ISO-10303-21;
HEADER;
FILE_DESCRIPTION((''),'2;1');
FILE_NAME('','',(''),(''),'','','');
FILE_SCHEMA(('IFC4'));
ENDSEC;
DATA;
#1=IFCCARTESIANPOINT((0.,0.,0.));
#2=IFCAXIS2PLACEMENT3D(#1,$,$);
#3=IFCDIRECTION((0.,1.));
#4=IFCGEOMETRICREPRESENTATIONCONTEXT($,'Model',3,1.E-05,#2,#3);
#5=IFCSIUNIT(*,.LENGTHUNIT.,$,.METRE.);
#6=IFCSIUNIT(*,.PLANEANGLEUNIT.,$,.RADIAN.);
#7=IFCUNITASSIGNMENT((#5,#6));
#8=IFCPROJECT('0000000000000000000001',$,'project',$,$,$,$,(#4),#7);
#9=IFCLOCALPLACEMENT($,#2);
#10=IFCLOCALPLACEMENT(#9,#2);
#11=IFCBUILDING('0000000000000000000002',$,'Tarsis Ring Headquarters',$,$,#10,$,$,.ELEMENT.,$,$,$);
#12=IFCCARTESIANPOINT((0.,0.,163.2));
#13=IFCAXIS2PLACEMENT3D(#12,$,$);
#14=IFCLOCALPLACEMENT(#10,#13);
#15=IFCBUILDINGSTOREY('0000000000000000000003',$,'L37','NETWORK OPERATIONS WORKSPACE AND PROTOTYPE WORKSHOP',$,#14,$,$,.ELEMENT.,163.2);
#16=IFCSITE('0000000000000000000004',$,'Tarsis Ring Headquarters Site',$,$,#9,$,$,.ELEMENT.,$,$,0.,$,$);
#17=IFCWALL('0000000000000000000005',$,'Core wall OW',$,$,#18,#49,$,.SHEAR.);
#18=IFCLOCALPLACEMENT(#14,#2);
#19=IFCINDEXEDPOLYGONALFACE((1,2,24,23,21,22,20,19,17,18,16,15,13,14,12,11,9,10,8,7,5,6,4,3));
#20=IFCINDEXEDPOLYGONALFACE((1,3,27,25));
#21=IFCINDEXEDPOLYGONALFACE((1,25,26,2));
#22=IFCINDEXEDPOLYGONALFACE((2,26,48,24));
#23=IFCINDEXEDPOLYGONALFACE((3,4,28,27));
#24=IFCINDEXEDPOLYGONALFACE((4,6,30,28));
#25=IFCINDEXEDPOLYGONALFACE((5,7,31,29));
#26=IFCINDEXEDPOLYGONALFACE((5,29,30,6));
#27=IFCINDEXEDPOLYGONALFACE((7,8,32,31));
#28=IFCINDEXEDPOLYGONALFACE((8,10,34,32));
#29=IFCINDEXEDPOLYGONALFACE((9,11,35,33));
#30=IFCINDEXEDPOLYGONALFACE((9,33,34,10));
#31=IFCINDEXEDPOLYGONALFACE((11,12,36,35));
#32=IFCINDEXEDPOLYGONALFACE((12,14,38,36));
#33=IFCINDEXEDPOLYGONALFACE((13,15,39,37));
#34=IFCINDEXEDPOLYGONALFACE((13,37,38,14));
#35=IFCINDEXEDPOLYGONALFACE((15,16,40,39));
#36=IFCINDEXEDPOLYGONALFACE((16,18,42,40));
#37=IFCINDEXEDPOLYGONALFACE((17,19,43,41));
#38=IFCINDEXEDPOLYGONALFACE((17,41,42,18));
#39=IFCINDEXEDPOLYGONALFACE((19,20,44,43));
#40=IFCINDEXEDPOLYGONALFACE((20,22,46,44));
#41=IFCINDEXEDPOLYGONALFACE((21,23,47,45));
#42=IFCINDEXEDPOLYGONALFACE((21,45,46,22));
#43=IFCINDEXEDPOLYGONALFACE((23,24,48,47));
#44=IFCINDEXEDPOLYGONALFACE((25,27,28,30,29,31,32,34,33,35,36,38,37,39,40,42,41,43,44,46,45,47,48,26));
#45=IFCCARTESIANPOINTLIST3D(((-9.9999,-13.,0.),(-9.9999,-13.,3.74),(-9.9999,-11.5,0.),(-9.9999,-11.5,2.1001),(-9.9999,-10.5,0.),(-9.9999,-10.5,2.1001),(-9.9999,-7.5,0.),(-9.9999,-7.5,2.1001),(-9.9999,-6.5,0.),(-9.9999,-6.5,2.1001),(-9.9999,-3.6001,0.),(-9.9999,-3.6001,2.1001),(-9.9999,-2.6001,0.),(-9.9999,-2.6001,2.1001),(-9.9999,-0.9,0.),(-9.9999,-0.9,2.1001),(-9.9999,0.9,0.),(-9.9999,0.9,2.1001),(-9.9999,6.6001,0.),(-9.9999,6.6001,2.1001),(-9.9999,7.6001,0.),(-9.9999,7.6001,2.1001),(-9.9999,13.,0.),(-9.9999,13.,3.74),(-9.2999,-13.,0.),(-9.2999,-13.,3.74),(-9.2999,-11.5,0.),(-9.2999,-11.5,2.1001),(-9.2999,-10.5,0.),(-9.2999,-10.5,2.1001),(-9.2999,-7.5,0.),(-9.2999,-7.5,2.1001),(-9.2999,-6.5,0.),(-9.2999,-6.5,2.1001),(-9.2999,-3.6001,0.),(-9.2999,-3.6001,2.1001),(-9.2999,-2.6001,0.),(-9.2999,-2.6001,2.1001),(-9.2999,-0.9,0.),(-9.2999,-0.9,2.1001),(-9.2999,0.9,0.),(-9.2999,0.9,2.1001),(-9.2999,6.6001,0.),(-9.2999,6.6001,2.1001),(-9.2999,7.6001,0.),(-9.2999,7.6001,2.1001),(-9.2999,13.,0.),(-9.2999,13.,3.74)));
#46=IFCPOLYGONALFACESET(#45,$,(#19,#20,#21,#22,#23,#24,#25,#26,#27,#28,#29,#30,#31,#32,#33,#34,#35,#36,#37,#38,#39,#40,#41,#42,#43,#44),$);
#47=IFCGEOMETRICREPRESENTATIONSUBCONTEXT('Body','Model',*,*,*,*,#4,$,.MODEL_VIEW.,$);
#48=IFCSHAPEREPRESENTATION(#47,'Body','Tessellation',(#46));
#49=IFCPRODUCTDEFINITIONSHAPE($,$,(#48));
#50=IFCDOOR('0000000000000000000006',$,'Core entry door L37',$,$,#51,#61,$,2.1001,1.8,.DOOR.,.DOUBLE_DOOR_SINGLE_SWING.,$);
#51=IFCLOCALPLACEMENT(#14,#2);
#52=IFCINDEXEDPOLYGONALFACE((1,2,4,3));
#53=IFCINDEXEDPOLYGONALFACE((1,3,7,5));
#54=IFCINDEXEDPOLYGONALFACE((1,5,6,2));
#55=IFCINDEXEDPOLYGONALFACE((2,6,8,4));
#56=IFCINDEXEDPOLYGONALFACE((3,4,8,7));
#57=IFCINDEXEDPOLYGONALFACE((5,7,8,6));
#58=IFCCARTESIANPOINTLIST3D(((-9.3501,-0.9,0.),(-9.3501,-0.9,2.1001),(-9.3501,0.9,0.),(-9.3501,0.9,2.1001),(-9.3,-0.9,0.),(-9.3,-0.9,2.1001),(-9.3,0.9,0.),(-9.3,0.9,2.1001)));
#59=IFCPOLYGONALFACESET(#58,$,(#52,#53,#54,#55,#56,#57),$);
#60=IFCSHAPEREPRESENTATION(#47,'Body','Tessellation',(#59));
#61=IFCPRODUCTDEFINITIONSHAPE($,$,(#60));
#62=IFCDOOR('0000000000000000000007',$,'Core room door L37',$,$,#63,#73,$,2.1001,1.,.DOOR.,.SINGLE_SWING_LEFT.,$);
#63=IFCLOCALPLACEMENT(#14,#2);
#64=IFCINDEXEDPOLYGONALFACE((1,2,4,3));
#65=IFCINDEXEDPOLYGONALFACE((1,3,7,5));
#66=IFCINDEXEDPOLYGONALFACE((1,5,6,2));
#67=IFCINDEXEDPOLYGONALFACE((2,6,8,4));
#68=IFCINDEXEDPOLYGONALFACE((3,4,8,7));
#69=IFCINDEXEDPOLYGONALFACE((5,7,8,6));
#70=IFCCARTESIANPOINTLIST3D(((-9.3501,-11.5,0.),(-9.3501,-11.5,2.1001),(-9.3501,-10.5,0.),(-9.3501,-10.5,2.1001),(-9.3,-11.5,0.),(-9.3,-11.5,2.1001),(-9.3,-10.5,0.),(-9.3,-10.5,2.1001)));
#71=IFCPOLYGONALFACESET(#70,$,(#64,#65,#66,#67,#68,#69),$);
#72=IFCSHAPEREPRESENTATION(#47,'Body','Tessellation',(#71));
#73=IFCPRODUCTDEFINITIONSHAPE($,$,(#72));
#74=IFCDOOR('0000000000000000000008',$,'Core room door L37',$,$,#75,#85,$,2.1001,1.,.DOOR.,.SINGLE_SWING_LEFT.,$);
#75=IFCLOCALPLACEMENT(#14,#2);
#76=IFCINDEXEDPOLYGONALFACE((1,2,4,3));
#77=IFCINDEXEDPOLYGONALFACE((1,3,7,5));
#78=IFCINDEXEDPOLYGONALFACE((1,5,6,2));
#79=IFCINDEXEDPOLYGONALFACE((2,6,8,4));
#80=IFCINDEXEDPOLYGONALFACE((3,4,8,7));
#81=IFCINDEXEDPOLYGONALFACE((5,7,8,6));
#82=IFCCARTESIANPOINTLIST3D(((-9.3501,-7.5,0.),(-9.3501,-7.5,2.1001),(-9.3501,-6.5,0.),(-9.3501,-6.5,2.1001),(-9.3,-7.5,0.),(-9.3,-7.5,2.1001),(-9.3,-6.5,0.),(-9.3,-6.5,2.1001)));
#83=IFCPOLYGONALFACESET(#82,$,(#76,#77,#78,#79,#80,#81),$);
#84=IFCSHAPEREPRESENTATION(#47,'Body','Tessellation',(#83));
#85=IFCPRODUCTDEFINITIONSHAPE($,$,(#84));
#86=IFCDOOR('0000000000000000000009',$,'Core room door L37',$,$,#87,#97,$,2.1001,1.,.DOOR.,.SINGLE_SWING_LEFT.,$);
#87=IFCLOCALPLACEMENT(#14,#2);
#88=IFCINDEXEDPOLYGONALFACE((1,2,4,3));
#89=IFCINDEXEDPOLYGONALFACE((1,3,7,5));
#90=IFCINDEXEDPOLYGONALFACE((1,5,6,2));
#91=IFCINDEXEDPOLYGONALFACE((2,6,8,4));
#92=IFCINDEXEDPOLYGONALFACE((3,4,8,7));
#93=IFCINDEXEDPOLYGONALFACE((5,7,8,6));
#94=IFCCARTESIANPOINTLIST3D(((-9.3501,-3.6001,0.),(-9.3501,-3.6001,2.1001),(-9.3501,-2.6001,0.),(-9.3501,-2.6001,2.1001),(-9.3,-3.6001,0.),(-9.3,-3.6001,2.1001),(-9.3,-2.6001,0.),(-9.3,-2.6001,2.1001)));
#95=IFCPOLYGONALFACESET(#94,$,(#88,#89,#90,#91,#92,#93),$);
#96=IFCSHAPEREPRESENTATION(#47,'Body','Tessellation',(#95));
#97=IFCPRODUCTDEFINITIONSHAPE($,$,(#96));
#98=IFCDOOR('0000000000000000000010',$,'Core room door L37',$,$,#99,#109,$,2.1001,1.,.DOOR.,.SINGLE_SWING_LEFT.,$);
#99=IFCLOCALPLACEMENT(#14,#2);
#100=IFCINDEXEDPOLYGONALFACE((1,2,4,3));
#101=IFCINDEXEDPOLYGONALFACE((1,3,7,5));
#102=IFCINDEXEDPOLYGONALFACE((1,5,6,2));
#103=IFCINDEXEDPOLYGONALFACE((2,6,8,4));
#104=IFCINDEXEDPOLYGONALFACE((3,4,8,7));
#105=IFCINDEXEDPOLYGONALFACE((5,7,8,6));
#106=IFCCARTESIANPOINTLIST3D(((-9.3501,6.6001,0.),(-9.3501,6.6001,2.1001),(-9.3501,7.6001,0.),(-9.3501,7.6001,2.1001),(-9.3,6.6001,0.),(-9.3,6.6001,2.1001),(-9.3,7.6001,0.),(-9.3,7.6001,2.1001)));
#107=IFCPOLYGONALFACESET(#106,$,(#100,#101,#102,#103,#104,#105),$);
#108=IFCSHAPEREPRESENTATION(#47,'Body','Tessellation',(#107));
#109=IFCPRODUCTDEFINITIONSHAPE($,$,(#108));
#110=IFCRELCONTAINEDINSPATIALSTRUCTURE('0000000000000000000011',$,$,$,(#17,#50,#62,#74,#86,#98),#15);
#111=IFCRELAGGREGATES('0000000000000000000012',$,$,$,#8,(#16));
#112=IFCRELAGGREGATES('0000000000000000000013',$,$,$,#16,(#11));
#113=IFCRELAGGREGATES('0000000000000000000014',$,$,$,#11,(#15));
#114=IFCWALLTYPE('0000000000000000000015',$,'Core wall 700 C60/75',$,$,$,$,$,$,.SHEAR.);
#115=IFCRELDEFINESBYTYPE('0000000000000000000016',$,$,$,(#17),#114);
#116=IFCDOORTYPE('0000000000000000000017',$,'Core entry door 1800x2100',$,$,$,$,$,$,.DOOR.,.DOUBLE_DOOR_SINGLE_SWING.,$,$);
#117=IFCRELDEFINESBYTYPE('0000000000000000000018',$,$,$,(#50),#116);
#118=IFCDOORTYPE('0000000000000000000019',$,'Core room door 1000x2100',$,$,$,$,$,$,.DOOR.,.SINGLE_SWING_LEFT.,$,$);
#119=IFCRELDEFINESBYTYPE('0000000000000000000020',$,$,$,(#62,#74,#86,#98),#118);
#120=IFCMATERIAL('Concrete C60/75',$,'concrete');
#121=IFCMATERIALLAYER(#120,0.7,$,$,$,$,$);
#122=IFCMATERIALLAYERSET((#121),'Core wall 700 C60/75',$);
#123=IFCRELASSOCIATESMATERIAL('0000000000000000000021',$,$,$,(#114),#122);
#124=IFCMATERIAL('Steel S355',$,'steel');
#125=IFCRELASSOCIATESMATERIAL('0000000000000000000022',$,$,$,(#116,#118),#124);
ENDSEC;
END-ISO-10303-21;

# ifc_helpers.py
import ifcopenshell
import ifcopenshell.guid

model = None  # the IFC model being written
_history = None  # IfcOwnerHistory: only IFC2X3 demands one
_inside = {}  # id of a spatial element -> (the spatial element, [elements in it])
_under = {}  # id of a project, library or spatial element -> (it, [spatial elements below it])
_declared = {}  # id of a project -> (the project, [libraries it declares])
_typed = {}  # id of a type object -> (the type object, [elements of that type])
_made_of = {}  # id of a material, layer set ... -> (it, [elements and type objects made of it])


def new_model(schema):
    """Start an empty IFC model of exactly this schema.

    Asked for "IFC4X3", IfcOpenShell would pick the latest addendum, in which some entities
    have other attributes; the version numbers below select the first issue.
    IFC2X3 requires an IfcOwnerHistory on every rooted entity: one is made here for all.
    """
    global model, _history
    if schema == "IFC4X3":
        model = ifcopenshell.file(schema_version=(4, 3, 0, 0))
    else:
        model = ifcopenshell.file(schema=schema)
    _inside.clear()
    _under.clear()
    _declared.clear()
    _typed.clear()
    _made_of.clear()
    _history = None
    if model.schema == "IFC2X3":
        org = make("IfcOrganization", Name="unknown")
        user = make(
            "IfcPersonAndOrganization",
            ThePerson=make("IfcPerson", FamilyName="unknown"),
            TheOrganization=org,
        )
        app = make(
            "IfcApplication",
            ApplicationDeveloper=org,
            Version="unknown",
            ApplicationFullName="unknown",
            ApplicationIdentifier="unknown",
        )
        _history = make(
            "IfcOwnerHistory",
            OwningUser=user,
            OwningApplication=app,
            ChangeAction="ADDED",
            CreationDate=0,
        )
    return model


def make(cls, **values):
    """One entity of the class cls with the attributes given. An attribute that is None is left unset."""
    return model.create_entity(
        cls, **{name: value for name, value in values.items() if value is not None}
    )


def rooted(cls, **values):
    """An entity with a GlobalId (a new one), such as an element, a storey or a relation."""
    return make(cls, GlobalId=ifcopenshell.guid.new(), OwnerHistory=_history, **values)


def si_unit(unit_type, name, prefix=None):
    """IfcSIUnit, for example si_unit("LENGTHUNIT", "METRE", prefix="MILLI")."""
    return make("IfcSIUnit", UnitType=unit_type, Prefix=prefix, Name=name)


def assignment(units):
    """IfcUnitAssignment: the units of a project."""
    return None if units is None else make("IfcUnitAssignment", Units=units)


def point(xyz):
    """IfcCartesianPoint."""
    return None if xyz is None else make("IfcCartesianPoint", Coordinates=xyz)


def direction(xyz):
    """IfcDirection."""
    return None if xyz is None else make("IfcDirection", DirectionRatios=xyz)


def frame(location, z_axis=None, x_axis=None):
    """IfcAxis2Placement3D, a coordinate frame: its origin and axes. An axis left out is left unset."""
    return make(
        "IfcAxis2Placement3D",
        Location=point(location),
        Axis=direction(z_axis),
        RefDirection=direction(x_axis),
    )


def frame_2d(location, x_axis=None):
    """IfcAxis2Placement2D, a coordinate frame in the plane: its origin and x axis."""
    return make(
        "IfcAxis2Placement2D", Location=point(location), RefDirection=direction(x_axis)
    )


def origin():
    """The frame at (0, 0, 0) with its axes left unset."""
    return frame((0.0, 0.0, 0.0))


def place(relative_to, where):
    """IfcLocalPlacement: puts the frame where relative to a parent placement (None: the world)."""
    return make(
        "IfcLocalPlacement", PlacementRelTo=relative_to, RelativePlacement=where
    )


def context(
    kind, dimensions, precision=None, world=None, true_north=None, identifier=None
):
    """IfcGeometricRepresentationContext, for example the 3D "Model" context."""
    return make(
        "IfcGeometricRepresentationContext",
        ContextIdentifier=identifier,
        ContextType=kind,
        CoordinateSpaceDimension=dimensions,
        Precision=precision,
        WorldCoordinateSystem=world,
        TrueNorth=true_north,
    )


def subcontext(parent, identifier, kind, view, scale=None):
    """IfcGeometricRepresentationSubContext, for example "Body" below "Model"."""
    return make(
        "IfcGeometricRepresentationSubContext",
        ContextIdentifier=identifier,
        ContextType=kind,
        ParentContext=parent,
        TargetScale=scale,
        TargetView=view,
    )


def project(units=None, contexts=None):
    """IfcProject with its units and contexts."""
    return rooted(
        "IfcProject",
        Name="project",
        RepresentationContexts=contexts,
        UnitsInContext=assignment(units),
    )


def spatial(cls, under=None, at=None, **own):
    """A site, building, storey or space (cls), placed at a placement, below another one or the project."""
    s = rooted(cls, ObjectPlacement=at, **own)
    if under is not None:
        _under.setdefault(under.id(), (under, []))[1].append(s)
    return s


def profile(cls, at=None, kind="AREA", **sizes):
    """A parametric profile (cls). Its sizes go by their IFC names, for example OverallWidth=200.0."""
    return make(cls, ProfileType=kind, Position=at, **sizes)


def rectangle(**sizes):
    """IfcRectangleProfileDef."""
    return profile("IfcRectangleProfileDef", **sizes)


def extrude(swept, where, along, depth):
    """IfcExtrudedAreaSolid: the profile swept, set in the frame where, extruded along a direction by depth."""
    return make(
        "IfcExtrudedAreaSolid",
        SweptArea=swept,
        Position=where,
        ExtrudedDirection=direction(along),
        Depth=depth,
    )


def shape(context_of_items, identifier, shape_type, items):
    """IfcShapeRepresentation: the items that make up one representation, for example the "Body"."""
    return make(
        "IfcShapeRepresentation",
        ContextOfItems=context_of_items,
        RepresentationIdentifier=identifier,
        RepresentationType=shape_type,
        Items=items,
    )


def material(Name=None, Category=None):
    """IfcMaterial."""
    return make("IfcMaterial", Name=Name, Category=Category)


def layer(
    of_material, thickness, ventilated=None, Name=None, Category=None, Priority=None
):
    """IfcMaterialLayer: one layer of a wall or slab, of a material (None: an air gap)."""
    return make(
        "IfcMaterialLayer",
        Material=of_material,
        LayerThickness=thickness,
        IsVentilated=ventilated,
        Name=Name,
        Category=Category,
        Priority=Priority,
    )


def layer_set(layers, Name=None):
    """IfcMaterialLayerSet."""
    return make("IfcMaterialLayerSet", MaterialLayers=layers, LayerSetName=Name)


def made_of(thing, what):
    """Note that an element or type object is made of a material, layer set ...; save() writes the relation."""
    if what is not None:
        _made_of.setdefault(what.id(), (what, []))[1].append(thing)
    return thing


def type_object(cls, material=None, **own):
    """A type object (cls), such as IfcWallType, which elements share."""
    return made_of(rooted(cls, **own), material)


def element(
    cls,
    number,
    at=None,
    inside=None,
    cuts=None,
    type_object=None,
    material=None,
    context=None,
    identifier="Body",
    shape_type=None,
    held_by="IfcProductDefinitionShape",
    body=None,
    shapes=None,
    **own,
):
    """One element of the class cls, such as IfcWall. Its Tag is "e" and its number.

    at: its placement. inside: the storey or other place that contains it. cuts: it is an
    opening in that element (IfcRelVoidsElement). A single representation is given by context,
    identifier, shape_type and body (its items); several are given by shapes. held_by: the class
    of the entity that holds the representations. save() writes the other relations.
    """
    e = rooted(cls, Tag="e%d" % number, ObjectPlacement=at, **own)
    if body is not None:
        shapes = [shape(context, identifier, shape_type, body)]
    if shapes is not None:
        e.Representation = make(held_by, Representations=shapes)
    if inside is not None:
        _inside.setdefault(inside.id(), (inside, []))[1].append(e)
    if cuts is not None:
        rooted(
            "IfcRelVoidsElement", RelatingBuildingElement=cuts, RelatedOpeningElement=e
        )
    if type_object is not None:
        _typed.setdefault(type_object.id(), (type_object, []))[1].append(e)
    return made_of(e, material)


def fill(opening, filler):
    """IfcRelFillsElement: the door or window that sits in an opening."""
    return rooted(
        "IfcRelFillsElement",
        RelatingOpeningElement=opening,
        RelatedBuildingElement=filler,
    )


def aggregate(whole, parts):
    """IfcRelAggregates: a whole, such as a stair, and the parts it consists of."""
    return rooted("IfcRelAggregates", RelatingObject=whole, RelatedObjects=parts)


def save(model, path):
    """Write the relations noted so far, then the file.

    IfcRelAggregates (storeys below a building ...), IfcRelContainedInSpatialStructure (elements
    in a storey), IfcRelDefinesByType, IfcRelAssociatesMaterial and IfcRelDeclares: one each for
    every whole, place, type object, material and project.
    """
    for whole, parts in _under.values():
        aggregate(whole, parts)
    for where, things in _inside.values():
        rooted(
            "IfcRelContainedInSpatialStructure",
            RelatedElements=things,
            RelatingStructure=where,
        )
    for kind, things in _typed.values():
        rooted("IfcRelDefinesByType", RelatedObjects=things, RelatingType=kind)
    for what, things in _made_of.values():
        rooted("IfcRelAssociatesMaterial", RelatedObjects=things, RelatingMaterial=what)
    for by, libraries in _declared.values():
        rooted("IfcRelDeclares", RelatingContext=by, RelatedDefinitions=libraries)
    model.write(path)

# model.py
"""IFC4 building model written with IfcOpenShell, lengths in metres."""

from ifc_helpers import new_model, si_unit, direction, frame, frame_2d, origin, place, context, subcontext, project, spatial, rectangle, extrude, material, layer, layer_set, type_object, element, fill, save


model = new_model("IFC4")

# Units and contexts
model_context = context("Model", 3, precision=1e-05, world=origin(), true_north=direction((0.0, 1.0)))
body_context = subcontext(model_context, "Body", "Model", "MODEL_VIEW")
ifc_project = project(units=[si_unit("LENGTHUNIT", "METRE"), si_unit("PLANEANGLEUNIT", "RADIAN")], contexts=[model_context])

# Site, building, storey
site_placement = place(None, origin())
site = spatial("IfcSite", under=ifc_project, at=site_placement, Name="Tarsis Ring Headquarters Site", CompositionType="ELEMENT", RefElevation=0.0)
building_placement = place(site_placement, origin())
building = spatial("IfcBuilding", under=site, at=building_placement, Name="Tarsis Ring Headquarters", CompositionType="ELEMENT")
storey_placement = place(building_placement, frame((0.0, 0.0, 163.2)))
storey = spatial("IfcBuildingStorey", under=building, at=storey_placement, Name="L37", Description="NETWORK OPERATIONS WORKSPACE AND PROTOTYPE WORKSHOP", CompositionType="ELEMENT", Elevation=163.2)

# Wall, openings, doors
ifc_material_1 = material(Name="Concrete C60/75", Category="concrete")
ifc_layer_1 = layer(ifc_material_1, 0.7)
ifc_layer_set_1 = layer_set([ifc_layer_1], Name="Core wall 700 C60/75")
wall_type_1 = type_object("IfcWallType", Name="Core wall 700 C60/75", PredefinedType="SHEAR", material=ifc_layer_set_1)
wall_1_placement = place(storey_placement, frame((-9.6499, -13.0, 0.0), z_axis=(0.0, 0.0, 1.0), x_axis=(0.0, 1.0, 0.0)))
wall_1 = element("IfcWall", 1, at=wall_1_placement, inside=storey, type_object=wall_type_1, Name="Core wall OW", PredefinedType="SHEAR", context=body_context, shape_type="SweptSolid", body=[
    extrude(rectangle(XDim=26.0, YDim=0.7, at=frame_2d((13.0, 0.0))), origin(), (0.0, 0.0, 1.0), 3.74),
])
opening_1_placement = place(wall_1_placement, frame((1.5, 0.0, 0.0)))
opening_1 = element("IfcOpeningElement", 2, at=opening_1_placement, cuts=wall_1, PredefinedType="OPENING", context=body_context, shape_type="SweptSolid", body=[
    extrude(rectangle(XDim=1.0, YDim=2.1001, at=frame_2d((0.5, 1.05))), frame((0.0, 0.3599, 0.0), z_axis=(0.0, -1.0, 0.0), x_axis=(1.0, 0.0, 0.0)), (0.0, 0.0, 1.0), 0.72),
])
opening_2_placement = place(wall_1_placement, frame((5.5, 0.0, 0.0)))
opening_2 = element("IfcOpeningElement", 3, at=opening_2_placement, cuts=wall_1, PredefinedType="OPENING", context=body_context, shape_type="SweptSolid", body=[
    extrude(rectangle(XDim=1.0, YDim=2.1001, at=frame_2d((0.5, 1.05))), frame((0.0, 0.3599, 0.0), z_axis=(0.0, -1.0, 0.0), x_axis=(1.0, 0.0, 0.0)), (0.0, 0.0, 1.0), 0.72),
])
opening_3_placement = place(wall_1_placement, frame((9.3999, 0.0, 0.0)))
opening_3 = element("IfcOpeningElement", 4, at=opening_3_placement, cuts=wall_1, PredefinedType="OPENING", context=body_context, shape_type="SweptSolid", body=[
    extrude(rectangle(XDim=1.0, YDim=2.1001, at=frame_2d((0.5, 1.05))), frame((0.0, 0.3599, 0.0), z_axis=(0.0, -1.0, 0.0), x_axis=(1.0, 0.0, 0.0)), (0.0, 0.0, 1.0), 0.72),
])
opening_4_placement = place(wall_1_placement, frame((12.1001, 0.0, 0.0)))
opening_4 = element("IfcOpeningElement", 5, at=opening_4_placement, cuts=wall_1, PredefinedType="OPENING", context=body_context, shape_type="SweptSolid", body=[
    extrude(rectangle(XDim=1.8, YDim=2.1001, at=frame_2d((0.8999, 1.05))), frame((0.0, 0.3599, 0.0), z_axis=(0.0, -1.0, 0.0), x_axis=(1.0, 0.0, 0.0)), (0.0, 0.0, 1.0), 0.72),
])
opening_5_placement = place(wall_1_placement, frame((19.6001, 0.0, 0.0)))
opening_5 = element("IfcOpeningElement", 6, at=opening_5_placement, cuts=wall_1, PredefinedType="OPENING", context=body_context, shape_type="SweptSolid", body=[
    extrude(rectangle(XDim=1.0, YDim=2.1001, at=frame_2d((0.5, 1.05))), frame((0.0, 0.3599, 0.0), z_axis=(0.0, -1.0, 0.0), x_axis=(1.0, 0.0, 0.0)), (0.0, 0.0, 1.0), 0.72),
])
ifc_material_2 = material(Name="Steel S355", Category="steel")
door_type_1 = type_object("IfcDoorType", Name="Core entry door 1800x2100", OperationType="DOUBLE_DOOR_SINGLE_SWING", PredefinedType="DOOR", material=ifc_material_2)
door_1_placement = place(opening_4_placement, origin())
door_1 = element("IfcDoor", 7, at=door_1_placement, inside=storey, type_object=door_type_1, Name="Core entry door L37", OperationType="DOUBLE_DOOR_SINGLE_SWING", OverallHeight=2.1001, OverallWidth=1.8, PredefinedType="DOOR", context=body_context, shape_type="SweptSolid", body=[
    extrude(rectangle(XDim=1.8, YDim=2.1001, at=frame_2d((0.8999, 1.05))), frame((0.0, -0.2998, 0.0), z_axis=(0.0, -1.0, 0.0), x_axis=(1.0, 0.0, 0.0)), (0.0, 0.0, 1.0), 0.05),
])
fill(opening_4, door_1)
door_type_2 = type_object("IfcDoorType", Name="Core room door 1000x2100", OperationType="SINGLE_SWING_LEFT", PredefinedType="DOOR", material=ifc_material_2)
door_2_placement = place(opening_1_placement, origin())
door_2 = element("IfcDoor", 8, at=door_2_placement, inside=storey, type_object=door_type_2, Name="Core room door L37", OperationType="SINGLE_SWING_LEFT", OverallHeight=2.1001, OverallWidth=1.0, PredefinedType="DOOR", context=body_context, shape_type="SweptSolid", body=[
    extrude(rectangle(XDim=1.0, YDim=2.1001, at=frame_2d((0.5, 1.05))), frame((0.0, -0.2998, 0.0), z_axis=(0.0, -1.0, 0.0), x_axis=(1.0, 0.0, 0.0)), (0.0, 0.0, 1.0), 0.05),
])
fill(opening_1, door_2)
door_3_placement = place(opening_2_placement, origin())
door_3 = element("IfcDoor", 9, at=door_3_placement, inside=storey, type_object=door_type_2, Name="Core room door L37", OperationType="SINGLE_SWING_LEFT", OverallHeight=2.1001, OverallWidth=1.0, PredefinedType="DOOR", context=body_context, shape_type="SweptSolid", body=[
    extrude(rectangle(XDim=1.0, YDim=2.1001, at=frame_2d((0.5, 1.05))), frame((0.0, -0.2998, 0.0), z_axis=(0.0, -1.0, 0.0), x_axis=(1.0, 0.0, 0.0)), (0.0, 0.0, 1.0), 0.05),
])
fill(opening_2, door_3)
door_4_placement = place(opening_3_placement, origin())
door_4 = element("IfcDoor", 10, at=door_4_placement, inside=storey, type_object=door_type_2, Name="Core room door L37", OperationType="SINGLE_SWING_LEFT", OverallHeight=2.1001, OverallWidth=1.0, PredefinedType="DOOR", context=body_context, shape_type="SweptSolid", body=[
    extrude(rectangle(XDim=1.0, YDim=2.1001, at=frame_2d((0.5, 1.05))), frame((0.0, -0.2998, 0.0), z_axis=(0.0, -1.0, 0.0), x_axis=(1.0, 0.0, 0.0)), (0.0, 0.0, 1.0), 0.05),
])
fill(opening_3, door_4)
door_5_placement = place(opening_5_placement, origin())
door_5 = element("IfcDoor", 11, at=door_5_placement, inside=storey, type_object=door_type_2, Name="Core room door L37", OperationType="SINGLE_SWING_LEFT", OverallHeight=2.1001, OverallWidth=1.0, PredefinedType="DOOR", context=body_context, shape_type="SweptSolid", body=[
    extrude(rectangle(XDim=1.0, YDim=2.1001, at=frame_2d((0.5, 1.05))), frame((0.0, -0.2998, 0.0), z_axis=(0.0, -1.0, 0.0), x_axis=(1.0, 0.0, 0.0)), (0.0, 0.0, 1.0), 0.05),
])
fill(opening_5, door_5)

save(model, "model.ifc")
